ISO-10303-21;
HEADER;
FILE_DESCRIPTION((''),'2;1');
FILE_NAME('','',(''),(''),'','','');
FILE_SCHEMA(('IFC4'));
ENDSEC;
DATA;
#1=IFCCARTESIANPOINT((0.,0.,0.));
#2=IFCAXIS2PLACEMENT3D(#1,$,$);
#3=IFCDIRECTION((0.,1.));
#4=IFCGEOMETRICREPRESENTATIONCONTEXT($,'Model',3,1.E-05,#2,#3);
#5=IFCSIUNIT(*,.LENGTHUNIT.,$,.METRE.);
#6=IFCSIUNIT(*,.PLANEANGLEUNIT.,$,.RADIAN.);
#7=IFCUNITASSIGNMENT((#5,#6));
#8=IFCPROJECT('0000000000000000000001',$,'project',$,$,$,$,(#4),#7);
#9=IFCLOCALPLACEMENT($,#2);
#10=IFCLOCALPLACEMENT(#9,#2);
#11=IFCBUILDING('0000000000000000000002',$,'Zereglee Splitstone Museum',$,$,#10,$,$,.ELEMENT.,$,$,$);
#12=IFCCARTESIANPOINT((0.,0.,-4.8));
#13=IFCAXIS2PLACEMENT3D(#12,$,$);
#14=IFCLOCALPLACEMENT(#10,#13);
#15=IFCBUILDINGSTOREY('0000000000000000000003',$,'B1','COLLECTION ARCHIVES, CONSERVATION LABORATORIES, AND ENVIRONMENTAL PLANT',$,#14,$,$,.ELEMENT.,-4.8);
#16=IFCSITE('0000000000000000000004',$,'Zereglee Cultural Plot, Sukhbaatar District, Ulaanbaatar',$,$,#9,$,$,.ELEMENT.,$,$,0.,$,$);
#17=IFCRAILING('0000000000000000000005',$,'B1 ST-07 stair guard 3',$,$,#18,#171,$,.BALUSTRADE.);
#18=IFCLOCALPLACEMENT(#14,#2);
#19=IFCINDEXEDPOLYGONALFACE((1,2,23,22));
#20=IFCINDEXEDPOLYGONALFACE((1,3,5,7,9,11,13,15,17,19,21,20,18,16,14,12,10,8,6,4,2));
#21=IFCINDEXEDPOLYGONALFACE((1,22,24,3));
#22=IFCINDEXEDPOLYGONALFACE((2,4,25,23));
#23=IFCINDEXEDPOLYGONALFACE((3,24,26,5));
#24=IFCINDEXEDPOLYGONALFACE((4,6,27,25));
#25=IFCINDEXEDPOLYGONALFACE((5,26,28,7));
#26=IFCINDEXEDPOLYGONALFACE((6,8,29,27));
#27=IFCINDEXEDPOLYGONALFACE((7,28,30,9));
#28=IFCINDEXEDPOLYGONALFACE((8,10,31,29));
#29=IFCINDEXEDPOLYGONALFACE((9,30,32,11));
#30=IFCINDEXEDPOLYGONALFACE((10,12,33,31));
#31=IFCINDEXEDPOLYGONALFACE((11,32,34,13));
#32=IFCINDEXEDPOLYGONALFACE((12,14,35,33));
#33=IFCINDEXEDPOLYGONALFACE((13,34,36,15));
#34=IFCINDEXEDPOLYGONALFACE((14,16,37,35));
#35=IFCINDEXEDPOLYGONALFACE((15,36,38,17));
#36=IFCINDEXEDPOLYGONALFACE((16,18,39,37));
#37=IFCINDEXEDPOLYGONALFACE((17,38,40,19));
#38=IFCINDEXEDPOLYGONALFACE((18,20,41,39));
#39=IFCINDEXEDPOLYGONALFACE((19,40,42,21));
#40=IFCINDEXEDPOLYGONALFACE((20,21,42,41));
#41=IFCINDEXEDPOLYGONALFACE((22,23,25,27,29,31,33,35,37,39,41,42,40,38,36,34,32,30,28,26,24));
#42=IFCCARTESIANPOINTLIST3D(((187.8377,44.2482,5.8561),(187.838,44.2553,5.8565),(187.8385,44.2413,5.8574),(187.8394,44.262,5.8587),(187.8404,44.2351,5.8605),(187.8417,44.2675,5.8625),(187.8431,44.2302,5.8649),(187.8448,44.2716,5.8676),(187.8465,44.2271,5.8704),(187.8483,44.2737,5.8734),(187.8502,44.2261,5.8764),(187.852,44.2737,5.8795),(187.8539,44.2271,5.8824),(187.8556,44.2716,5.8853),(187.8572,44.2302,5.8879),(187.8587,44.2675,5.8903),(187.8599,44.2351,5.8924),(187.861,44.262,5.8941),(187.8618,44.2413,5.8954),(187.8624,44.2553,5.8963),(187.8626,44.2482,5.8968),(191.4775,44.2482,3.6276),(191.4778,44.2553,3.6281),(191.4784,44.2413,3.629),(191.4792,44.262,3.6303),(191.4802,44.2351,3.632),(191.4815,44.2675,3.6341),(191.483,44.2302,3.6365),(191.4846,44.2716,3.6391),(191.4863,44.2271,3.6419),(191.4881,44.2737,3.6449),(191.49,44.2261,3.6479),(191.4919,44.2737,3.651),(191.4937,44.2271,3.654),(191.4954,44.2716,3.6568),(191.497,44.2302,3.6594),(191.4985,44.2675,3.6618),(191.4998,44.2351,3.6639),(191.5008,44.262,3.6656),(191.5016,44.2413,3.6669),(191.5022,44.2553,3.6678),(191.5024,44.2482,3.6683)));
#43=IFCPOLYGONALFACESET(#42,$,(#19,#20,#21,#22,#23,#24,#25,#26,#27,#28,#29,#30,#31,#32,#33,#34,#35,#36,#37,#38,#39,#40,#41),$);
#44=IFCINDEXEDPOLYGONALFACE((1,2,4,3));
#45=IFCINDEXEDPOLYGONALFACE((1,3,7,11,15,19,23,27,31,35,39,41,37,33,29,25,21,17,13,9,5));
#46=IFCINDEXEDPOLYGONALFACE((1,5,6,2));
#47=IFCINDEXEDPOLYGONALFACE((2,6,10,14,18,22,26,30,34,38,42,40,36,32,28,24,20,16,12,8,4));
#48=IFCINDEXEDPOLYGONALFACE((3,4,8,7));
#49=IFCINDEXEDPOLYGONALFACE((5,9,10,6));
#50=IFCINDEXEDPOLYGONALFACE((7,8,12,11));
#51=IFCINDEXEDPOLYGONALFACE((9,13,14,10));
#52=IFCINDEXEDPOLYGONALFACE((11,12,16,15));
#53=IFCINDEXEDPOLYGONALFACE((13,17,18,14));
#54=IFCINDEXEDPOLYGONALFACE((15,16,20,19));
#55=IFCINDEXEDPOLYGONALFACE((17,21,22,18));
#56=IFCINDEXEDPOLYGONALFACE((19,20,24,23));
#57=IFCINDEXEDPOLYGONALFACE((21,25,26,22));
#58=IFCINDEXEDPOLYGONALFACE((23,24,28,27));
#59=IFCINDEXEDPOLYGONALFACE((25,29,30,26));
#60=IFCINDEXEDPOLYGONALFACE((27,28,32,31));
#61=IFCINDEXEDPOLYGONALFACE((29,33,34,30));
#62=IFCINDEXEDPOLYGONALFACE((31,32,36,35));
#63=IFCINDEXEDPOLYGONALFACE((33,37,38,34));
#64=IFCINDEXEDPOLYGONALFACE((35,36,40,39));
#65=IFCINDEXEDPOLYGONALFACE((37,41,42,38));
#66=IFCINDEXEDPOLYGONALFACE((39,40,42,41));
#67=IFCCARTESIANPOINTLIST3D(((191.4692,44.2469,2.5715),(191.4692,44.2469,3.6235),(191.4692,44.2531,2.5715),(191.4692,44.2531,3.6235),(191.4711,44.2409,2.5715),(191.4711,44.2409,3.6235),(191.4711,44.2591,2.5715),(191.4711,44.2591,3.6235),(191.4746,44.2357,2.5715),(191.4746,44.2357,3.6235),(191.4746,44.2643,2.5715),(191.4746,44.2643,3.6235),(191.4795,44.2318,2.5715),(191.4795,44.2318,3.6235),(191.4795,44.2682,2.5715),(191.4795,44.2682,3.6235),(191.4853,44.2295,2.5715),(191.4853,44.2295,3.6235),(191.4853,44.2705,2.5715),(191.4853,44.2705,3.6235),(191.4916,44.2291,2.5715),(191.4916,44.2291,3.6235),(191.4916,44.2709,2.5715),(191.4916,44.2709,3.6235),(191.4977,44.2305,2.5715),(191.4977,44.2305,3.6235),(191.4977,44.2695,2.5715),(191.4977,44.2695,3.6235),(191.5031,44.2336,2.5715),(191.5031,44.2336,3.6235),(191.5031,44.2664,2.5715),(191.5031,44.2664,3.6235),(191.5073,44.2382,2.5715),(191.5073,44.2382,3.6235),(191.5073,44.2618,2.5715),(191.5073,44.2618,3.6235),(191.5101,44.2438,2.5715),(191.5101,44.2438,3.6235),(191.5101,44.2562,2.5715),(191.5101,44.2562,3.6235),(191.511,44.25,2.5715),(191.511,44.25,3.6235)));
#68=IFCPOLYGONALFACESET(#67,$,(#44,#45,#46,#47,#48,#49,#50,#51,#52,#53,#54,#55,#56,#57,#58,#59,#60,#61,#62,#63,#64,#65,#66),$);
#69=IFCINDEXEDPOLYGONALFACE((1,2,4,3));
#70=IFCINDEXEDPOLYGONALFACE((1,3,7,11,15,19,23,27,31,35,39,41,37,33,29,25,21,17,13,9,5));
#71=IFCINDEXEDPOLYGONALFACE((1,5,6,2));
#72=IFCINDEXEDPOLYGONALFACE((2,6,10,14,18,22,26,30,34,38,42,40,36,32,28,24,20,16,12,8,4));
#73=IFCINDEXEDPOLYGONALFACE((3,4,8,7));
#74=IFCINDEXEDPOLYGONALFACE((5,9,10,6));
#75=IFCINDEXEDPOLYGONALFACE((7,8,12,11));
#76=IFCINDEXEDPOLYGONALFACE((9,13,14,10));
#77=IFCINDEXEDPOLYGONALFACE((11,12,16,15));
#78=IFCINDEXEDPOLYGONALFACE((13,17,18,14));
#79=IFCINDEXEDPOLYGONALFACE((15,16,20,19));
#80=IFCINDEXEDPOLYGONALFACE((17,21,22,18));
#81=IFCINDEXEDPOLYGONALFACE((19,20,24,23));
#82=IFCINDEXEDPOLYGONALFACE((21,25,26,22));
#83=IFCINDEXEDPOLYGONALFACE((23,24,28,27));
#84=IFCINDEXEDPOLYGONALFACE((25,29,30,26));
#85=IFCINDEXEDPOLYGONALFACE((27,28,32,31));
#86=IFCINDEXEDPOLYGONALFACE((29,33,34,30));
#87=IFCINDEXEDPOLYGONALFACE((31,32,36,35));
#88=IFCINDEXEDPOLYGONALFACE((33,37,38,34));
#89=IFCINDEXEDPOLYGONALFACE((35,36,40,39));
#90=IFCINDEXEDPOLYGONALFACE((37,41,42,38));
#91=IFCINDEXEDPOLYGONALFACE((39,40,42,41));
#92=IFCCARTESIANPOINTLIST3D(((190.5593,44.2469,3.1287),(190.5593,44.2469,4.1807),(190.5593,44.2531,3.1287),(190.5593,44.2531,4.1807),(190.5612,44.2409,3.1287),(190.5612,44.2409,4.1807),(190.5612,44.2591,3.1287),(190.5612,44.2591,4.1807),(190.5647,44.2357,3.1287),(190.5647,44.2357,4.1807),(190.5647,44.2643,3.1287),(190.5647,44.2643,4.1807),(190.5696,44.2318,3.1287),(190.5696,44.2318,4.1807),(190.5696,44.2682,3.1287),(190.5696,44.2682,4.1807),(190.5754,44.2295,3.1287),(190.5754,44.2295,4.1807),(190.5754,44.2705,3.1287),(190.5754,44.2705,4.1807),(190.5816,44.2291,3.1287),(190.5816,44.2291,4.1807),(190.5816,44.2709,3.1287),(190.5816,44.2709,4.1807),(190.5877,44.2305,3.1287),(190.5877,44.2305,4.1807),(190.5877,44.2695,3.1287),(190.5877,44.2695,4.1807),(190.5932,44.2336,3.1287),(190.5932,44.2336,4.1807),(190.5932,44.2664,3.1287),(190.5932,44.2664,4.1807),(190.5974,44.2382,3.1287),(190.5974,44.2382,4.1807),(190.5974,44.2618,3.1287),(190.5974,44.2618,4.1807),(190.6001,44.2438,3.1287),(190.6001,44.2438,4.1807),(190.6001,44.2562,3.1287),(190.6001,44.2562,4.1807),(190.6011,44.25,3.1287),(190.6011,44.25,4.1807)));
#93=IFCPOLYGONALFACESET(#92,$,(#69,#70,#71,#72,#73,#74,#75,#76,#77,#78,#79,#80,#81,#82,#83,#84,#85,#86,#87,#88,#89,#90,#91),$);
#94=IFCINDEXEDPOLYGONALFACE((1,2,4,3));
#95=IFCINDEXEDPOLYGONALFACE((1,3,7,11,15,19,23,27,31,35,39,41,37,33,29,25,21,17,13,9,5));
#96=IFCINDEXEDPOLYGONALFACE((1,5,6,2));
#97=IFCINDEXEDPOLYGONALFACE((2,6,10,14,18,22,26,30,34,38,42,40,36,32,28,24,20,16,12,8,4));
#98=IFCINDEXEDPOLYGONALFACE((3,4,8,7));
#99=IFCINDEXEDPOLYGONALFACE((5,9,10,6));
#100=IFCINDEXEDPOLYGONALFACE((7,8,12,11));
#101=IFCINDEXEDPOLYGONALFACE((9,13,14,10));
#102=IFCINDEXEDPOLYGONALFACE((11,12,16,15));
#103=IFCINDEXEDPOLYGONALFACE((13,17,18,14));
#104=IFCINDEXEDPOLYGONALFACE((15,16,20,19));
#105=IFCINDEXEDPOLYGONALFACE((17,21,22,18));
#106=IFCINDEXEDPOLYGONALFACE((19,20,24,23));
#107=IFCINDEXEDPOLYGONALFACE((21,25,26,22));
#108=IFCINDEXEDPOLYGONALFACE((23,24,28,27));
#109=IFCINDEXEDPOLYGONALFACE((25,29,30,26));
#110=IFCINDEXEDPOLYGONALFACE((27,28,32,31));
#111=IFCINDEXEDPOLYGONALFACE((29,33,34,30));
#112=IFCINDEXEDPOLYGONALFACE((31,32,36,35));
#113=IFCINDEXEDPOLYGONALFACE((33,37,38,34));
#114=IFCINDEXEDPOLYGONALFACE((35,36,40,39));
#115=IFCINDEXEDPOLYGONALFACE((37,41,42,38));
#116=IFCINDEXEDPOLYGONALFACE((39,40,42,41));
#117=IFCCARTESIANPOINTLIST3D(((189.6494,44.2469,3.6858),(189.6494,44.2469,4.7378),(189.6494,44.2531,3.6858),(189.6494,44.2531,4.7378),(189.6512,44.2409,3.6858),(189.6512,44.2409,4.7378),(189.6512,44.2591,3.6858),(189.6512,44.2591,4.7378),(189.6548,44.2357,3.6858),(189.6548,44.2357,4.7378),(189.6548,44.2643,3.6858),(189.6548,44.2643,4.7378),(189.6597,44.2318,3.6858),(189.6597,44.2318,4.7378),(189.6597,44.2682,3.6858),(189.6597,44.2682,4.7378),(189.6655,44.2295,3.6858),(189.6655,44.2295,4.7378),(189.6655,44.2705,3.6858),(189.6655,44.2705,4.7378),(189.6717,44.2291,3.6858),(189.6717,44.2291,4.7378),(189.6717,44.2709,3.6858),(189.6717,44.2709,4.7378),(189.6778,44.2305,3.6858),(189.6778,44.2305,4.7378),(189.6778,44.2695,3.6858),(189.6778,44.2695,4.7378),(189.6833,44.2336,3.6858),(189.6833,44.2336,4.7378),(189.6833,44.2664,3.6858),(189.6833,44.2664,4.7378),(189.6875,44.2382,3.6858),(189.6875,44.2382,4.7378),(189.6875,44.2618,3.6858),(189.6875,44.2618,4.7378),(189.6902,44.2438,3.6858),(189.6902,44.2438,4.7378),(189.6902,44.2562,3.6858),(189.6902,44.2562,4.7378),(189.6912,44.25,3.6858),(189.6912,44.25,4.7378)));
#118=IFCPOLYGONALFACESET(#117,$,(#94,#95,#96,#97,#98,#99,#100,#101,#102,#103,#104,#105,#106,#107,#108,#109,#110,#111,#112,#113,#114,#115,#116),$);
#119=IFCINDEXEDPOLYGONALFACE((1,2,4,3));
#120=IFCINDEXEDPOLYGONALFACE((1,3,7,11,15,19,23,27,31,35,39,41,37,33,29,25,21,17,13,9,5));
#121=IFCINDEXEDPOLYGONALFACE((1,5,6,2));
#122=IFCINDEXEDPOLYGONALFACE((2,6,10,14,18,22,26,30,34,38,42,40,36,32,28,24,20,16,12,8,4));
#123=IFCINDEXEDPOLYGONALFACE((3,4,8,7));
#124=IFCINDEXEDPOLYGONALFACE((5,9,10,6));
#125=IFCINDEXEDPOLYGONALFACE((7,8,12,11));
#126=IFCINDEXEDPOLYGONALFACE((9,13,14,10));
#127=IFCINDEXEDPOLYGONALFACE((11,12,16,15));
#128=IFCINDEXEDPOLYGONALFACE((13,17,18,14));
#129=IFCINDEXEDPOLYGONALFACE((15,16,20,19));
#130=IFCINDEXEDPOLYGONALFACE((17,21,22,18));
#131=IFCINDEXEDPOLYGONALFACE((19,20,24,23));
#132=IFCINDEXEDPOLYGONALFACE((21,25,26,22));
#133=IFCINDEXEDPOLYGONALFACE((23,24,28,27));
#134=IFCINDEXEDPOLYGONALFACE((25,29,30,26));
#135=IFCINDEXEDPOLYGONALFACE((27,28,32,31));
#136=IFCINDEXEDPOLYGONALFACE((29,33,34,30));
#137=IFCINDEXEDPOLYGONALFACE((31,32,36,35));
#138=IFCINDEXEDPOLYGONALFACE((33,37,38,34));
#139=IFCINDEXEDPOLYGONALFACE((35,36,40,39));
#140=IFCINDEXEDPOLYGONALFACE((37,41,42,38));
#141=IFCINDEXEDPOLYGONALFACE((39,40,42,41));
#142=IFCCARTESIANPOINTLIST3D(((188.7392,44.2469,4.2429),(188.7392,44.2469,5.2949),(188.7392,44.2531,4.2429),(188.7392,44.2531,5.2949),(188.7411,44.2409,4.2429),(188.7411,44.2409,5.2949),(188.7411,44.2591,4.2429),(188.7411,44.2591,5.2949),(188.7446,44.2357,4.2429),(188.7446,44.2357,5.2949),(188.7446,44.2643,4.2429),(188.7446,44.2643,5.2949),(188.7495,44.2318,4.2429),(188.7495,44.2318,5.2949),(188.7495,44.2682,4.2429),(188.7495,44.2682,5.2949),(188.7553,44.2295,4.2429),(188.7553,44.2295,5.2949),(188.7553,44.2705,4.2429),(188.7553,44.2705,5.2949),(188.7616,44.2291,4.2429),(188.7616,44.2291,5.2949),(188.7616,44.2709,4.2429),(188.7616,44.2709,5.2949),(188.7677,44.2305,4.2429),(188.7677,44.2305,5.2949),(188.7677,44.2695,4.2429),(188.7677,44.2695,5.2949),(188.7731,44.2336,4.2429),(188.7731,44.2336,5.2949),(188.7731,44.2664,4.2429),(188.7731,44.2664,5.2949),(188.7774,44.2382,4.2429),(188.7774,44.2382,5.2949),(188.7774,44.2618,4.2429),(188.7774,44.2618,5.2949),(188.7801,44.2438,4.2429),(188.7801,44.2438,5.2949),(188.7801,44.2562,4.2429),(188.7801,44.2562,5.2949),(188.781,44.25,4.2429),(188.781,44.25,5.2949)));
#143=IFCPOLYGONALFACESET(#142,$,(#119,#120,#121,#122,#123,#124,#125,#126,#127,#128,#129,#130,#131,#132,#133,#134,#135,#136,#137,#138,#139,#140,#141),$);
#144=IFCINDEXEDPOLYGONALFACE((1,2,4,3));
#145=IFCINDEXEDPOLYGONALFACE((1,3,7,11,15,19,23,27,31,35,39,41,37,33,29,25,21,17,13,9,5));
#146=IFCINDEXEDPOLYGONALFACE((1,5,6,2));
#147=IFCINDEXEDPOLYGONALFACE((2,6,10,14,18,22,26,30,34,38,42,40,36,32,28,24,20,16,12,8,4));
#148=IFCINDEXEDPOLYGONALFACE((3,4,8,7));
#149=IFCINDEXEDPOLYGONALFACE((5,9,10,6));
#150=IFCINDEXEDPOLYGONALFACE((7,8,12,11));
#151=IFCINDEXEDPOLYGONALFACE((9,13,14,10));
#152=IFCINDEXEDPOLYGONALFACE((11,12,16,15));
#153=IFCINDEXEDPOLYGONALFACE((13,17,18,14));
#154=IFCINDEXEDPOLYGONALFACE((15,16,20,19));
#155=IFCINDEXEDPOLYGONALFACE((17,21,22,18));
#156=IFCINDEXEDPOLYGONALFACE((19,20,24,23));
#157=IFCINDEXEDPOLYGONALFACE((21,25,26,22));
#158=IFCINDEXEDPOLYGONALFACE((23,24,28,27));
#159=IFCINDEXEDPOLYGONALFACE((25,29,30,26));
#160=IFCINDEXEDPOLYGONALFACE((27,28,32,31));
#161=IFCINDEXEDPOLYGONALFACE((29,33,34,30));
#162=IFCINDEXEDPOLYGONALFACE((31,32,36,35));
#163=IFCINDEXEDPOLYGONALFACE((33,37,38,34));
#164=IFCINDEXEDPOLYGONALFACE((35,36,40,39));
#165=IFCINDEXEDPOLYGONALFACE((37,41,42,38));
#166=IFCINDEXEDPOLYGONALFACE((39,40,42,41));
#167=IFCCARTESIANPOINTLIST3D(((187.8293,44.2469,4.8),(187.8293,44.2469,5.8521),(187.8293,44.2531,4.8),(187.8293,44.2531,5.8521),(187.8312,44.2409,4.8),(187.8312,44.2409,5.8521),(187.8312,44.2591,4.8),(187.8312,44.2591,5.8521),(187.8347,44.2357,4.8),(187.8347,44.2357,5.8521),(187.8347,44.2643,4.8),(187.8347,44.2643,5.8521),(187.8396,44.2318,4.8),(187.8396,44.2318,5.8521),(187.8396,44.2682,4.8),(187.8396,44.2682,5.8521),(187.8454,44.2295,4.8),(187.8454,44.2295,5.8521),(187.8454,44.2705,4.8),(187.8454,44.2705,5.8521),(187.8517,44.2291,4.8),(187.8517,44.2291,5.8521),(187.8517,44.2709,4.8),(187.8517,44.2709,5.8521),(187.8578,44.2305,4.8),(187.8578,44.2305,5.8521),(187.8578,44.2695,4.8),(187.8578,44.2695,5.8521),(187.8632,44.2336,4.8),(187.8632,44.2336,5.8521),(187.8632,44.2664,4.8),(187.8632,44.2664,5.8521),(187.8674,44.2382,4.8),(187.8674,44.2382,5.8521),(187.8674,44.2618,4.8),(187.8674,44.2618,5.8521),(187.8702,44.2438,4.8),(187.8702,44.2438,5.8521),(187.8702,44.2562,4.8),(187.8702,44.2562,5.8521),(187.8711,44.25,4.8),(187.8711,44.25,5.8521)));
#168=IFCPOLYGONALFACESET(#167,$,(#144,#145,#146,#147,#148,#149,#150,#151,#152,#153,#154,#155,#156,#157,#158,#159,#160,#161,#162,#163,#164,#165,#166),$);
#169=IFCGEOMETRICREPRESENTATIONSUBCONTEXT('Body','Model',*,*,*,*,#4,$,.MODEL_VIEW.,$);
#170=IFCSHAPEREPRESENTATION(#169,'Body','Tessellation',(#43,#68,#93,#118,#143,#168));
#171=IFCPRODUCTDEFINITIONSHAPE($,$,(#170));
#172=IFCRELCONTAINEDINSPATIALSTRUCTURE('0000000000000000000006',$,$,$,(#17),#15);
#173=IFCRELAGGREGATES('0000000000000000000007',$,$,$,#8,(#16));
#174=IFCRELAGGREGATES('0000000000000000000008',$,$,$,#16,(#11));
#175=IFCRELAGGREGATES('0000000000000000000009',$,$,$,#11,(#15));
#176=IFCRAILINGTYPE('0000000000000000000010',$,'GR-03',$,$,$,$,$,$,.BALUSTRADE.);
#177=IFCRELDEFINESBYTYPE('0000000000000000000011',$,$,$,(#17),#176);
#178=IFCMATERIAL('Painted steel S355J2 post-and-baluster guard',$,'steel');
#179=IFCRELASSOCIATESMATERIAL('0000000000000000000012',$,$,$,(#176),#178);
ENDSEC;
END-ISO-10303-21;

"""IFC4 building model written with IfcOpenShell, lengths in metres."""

from ifc_helpers import new_model, si_unit, direction, frame, origin, origin_2d, place, context, subcontext, project, spatial, circle, extrude, material, type_object, element, save


model = new_model("IFC4")

# Units and contexts
model_context = context("Model", 3, precision=1e-05, world=origin(), true_north=direction((0.0, 1.0)))
body_context = subcontext(model_context, "Body", "Model", "MODEL_VIEW")
ifc_project = project(units=[si_unit("LENGTHUNIT", "METRE"), si_unit("PLANEANGLEUNIT", "RADIAN")], contexts=[model_context])

# Site, building, storey
site_placement = place(None, origin())
site = spatial("IfcSite", under=ifc_project, at=site_placement, Name="Zereglee Cultural Plot, Sukhbaatar District, Ulaanbaatar", CompositionType="ELEMENT", RefElevation=0.0)
building_placement = place(site_placement, origin())
building = spatial("IfcBuilding", under=site, at=building_placement, Name="Zereglee Splitstone Museum", CompositionType="ELEMENT")
storey_placement = place(building_placement, frame((0.0, 0.0, -4.8)))
storey = spatial("IfcBuildingStorey", under=building, at=storey_placement, Name="B1", Description="COLLECTION ARCHIVES, CONSERVATION LABORATORIES, AND ENVIRONMENTAL PLANT", CompositionType="ELEMENT", Elevation=-4.8)

# Railing
ifc_material_1 = material(Name="Painted steel S355J2 post-and-baluster guard", Category="steel")
railing_type_1 = type_object("IfcRailingType", Name="GR-03", PredefinedType="BALUSTRADE", material=ifc_material_1)
railing_1_placement = place(storey_placement, frame((191.49, 44.25, 2.5715)))
element("IfcRailing", 1, at=railing_1_placement, inside=storey, type_object=railing_type_1, Name="B1 ST-07 stair guard 3", PredefinedType="BALUSTRADE", context=body_context, shape_type="SweptSolid", body=[
    extrude(circle(Radius=0.0239, at=origin_2d()), frame((0.0, 0.0, 1.0764), z_axis=(-0.85285, 0.0, 0.522156), x_axis=(0.0, -1.0, 0.0)), (0.0, 0.0, 1.0), 4.2678),
    extrude(circle(Radius=0.021, at=origin_2d()), origin(), (0.0, 0.0, 1.0), 1.052),
    extrude(circle(Radius=0.021, at=origin_2d()), frame((-0.9099, 0.0, 0.5571)), (0.0, 0.0, 1.0), 1.052),
    extrude(circle(Radius=0.021, at=origin_2d()), frame((-1.8198, 0.0, 1.1143)), (0.0, 0.0, 1.0), 1.052),
    extrude(circle(Radius=0.021, at=origin_2d()), frame((-2.73, 0.0, 1.6714)), (0.0, 0.0, 1.0), 1.052),
    extrude(circle(Radius=0.021, at=origin_2d()), frame((-3.6399, 0.0, 2.2285)), (0.0, 0.0, 1.0), 1.052),
])

save(model, "model.ifc")
